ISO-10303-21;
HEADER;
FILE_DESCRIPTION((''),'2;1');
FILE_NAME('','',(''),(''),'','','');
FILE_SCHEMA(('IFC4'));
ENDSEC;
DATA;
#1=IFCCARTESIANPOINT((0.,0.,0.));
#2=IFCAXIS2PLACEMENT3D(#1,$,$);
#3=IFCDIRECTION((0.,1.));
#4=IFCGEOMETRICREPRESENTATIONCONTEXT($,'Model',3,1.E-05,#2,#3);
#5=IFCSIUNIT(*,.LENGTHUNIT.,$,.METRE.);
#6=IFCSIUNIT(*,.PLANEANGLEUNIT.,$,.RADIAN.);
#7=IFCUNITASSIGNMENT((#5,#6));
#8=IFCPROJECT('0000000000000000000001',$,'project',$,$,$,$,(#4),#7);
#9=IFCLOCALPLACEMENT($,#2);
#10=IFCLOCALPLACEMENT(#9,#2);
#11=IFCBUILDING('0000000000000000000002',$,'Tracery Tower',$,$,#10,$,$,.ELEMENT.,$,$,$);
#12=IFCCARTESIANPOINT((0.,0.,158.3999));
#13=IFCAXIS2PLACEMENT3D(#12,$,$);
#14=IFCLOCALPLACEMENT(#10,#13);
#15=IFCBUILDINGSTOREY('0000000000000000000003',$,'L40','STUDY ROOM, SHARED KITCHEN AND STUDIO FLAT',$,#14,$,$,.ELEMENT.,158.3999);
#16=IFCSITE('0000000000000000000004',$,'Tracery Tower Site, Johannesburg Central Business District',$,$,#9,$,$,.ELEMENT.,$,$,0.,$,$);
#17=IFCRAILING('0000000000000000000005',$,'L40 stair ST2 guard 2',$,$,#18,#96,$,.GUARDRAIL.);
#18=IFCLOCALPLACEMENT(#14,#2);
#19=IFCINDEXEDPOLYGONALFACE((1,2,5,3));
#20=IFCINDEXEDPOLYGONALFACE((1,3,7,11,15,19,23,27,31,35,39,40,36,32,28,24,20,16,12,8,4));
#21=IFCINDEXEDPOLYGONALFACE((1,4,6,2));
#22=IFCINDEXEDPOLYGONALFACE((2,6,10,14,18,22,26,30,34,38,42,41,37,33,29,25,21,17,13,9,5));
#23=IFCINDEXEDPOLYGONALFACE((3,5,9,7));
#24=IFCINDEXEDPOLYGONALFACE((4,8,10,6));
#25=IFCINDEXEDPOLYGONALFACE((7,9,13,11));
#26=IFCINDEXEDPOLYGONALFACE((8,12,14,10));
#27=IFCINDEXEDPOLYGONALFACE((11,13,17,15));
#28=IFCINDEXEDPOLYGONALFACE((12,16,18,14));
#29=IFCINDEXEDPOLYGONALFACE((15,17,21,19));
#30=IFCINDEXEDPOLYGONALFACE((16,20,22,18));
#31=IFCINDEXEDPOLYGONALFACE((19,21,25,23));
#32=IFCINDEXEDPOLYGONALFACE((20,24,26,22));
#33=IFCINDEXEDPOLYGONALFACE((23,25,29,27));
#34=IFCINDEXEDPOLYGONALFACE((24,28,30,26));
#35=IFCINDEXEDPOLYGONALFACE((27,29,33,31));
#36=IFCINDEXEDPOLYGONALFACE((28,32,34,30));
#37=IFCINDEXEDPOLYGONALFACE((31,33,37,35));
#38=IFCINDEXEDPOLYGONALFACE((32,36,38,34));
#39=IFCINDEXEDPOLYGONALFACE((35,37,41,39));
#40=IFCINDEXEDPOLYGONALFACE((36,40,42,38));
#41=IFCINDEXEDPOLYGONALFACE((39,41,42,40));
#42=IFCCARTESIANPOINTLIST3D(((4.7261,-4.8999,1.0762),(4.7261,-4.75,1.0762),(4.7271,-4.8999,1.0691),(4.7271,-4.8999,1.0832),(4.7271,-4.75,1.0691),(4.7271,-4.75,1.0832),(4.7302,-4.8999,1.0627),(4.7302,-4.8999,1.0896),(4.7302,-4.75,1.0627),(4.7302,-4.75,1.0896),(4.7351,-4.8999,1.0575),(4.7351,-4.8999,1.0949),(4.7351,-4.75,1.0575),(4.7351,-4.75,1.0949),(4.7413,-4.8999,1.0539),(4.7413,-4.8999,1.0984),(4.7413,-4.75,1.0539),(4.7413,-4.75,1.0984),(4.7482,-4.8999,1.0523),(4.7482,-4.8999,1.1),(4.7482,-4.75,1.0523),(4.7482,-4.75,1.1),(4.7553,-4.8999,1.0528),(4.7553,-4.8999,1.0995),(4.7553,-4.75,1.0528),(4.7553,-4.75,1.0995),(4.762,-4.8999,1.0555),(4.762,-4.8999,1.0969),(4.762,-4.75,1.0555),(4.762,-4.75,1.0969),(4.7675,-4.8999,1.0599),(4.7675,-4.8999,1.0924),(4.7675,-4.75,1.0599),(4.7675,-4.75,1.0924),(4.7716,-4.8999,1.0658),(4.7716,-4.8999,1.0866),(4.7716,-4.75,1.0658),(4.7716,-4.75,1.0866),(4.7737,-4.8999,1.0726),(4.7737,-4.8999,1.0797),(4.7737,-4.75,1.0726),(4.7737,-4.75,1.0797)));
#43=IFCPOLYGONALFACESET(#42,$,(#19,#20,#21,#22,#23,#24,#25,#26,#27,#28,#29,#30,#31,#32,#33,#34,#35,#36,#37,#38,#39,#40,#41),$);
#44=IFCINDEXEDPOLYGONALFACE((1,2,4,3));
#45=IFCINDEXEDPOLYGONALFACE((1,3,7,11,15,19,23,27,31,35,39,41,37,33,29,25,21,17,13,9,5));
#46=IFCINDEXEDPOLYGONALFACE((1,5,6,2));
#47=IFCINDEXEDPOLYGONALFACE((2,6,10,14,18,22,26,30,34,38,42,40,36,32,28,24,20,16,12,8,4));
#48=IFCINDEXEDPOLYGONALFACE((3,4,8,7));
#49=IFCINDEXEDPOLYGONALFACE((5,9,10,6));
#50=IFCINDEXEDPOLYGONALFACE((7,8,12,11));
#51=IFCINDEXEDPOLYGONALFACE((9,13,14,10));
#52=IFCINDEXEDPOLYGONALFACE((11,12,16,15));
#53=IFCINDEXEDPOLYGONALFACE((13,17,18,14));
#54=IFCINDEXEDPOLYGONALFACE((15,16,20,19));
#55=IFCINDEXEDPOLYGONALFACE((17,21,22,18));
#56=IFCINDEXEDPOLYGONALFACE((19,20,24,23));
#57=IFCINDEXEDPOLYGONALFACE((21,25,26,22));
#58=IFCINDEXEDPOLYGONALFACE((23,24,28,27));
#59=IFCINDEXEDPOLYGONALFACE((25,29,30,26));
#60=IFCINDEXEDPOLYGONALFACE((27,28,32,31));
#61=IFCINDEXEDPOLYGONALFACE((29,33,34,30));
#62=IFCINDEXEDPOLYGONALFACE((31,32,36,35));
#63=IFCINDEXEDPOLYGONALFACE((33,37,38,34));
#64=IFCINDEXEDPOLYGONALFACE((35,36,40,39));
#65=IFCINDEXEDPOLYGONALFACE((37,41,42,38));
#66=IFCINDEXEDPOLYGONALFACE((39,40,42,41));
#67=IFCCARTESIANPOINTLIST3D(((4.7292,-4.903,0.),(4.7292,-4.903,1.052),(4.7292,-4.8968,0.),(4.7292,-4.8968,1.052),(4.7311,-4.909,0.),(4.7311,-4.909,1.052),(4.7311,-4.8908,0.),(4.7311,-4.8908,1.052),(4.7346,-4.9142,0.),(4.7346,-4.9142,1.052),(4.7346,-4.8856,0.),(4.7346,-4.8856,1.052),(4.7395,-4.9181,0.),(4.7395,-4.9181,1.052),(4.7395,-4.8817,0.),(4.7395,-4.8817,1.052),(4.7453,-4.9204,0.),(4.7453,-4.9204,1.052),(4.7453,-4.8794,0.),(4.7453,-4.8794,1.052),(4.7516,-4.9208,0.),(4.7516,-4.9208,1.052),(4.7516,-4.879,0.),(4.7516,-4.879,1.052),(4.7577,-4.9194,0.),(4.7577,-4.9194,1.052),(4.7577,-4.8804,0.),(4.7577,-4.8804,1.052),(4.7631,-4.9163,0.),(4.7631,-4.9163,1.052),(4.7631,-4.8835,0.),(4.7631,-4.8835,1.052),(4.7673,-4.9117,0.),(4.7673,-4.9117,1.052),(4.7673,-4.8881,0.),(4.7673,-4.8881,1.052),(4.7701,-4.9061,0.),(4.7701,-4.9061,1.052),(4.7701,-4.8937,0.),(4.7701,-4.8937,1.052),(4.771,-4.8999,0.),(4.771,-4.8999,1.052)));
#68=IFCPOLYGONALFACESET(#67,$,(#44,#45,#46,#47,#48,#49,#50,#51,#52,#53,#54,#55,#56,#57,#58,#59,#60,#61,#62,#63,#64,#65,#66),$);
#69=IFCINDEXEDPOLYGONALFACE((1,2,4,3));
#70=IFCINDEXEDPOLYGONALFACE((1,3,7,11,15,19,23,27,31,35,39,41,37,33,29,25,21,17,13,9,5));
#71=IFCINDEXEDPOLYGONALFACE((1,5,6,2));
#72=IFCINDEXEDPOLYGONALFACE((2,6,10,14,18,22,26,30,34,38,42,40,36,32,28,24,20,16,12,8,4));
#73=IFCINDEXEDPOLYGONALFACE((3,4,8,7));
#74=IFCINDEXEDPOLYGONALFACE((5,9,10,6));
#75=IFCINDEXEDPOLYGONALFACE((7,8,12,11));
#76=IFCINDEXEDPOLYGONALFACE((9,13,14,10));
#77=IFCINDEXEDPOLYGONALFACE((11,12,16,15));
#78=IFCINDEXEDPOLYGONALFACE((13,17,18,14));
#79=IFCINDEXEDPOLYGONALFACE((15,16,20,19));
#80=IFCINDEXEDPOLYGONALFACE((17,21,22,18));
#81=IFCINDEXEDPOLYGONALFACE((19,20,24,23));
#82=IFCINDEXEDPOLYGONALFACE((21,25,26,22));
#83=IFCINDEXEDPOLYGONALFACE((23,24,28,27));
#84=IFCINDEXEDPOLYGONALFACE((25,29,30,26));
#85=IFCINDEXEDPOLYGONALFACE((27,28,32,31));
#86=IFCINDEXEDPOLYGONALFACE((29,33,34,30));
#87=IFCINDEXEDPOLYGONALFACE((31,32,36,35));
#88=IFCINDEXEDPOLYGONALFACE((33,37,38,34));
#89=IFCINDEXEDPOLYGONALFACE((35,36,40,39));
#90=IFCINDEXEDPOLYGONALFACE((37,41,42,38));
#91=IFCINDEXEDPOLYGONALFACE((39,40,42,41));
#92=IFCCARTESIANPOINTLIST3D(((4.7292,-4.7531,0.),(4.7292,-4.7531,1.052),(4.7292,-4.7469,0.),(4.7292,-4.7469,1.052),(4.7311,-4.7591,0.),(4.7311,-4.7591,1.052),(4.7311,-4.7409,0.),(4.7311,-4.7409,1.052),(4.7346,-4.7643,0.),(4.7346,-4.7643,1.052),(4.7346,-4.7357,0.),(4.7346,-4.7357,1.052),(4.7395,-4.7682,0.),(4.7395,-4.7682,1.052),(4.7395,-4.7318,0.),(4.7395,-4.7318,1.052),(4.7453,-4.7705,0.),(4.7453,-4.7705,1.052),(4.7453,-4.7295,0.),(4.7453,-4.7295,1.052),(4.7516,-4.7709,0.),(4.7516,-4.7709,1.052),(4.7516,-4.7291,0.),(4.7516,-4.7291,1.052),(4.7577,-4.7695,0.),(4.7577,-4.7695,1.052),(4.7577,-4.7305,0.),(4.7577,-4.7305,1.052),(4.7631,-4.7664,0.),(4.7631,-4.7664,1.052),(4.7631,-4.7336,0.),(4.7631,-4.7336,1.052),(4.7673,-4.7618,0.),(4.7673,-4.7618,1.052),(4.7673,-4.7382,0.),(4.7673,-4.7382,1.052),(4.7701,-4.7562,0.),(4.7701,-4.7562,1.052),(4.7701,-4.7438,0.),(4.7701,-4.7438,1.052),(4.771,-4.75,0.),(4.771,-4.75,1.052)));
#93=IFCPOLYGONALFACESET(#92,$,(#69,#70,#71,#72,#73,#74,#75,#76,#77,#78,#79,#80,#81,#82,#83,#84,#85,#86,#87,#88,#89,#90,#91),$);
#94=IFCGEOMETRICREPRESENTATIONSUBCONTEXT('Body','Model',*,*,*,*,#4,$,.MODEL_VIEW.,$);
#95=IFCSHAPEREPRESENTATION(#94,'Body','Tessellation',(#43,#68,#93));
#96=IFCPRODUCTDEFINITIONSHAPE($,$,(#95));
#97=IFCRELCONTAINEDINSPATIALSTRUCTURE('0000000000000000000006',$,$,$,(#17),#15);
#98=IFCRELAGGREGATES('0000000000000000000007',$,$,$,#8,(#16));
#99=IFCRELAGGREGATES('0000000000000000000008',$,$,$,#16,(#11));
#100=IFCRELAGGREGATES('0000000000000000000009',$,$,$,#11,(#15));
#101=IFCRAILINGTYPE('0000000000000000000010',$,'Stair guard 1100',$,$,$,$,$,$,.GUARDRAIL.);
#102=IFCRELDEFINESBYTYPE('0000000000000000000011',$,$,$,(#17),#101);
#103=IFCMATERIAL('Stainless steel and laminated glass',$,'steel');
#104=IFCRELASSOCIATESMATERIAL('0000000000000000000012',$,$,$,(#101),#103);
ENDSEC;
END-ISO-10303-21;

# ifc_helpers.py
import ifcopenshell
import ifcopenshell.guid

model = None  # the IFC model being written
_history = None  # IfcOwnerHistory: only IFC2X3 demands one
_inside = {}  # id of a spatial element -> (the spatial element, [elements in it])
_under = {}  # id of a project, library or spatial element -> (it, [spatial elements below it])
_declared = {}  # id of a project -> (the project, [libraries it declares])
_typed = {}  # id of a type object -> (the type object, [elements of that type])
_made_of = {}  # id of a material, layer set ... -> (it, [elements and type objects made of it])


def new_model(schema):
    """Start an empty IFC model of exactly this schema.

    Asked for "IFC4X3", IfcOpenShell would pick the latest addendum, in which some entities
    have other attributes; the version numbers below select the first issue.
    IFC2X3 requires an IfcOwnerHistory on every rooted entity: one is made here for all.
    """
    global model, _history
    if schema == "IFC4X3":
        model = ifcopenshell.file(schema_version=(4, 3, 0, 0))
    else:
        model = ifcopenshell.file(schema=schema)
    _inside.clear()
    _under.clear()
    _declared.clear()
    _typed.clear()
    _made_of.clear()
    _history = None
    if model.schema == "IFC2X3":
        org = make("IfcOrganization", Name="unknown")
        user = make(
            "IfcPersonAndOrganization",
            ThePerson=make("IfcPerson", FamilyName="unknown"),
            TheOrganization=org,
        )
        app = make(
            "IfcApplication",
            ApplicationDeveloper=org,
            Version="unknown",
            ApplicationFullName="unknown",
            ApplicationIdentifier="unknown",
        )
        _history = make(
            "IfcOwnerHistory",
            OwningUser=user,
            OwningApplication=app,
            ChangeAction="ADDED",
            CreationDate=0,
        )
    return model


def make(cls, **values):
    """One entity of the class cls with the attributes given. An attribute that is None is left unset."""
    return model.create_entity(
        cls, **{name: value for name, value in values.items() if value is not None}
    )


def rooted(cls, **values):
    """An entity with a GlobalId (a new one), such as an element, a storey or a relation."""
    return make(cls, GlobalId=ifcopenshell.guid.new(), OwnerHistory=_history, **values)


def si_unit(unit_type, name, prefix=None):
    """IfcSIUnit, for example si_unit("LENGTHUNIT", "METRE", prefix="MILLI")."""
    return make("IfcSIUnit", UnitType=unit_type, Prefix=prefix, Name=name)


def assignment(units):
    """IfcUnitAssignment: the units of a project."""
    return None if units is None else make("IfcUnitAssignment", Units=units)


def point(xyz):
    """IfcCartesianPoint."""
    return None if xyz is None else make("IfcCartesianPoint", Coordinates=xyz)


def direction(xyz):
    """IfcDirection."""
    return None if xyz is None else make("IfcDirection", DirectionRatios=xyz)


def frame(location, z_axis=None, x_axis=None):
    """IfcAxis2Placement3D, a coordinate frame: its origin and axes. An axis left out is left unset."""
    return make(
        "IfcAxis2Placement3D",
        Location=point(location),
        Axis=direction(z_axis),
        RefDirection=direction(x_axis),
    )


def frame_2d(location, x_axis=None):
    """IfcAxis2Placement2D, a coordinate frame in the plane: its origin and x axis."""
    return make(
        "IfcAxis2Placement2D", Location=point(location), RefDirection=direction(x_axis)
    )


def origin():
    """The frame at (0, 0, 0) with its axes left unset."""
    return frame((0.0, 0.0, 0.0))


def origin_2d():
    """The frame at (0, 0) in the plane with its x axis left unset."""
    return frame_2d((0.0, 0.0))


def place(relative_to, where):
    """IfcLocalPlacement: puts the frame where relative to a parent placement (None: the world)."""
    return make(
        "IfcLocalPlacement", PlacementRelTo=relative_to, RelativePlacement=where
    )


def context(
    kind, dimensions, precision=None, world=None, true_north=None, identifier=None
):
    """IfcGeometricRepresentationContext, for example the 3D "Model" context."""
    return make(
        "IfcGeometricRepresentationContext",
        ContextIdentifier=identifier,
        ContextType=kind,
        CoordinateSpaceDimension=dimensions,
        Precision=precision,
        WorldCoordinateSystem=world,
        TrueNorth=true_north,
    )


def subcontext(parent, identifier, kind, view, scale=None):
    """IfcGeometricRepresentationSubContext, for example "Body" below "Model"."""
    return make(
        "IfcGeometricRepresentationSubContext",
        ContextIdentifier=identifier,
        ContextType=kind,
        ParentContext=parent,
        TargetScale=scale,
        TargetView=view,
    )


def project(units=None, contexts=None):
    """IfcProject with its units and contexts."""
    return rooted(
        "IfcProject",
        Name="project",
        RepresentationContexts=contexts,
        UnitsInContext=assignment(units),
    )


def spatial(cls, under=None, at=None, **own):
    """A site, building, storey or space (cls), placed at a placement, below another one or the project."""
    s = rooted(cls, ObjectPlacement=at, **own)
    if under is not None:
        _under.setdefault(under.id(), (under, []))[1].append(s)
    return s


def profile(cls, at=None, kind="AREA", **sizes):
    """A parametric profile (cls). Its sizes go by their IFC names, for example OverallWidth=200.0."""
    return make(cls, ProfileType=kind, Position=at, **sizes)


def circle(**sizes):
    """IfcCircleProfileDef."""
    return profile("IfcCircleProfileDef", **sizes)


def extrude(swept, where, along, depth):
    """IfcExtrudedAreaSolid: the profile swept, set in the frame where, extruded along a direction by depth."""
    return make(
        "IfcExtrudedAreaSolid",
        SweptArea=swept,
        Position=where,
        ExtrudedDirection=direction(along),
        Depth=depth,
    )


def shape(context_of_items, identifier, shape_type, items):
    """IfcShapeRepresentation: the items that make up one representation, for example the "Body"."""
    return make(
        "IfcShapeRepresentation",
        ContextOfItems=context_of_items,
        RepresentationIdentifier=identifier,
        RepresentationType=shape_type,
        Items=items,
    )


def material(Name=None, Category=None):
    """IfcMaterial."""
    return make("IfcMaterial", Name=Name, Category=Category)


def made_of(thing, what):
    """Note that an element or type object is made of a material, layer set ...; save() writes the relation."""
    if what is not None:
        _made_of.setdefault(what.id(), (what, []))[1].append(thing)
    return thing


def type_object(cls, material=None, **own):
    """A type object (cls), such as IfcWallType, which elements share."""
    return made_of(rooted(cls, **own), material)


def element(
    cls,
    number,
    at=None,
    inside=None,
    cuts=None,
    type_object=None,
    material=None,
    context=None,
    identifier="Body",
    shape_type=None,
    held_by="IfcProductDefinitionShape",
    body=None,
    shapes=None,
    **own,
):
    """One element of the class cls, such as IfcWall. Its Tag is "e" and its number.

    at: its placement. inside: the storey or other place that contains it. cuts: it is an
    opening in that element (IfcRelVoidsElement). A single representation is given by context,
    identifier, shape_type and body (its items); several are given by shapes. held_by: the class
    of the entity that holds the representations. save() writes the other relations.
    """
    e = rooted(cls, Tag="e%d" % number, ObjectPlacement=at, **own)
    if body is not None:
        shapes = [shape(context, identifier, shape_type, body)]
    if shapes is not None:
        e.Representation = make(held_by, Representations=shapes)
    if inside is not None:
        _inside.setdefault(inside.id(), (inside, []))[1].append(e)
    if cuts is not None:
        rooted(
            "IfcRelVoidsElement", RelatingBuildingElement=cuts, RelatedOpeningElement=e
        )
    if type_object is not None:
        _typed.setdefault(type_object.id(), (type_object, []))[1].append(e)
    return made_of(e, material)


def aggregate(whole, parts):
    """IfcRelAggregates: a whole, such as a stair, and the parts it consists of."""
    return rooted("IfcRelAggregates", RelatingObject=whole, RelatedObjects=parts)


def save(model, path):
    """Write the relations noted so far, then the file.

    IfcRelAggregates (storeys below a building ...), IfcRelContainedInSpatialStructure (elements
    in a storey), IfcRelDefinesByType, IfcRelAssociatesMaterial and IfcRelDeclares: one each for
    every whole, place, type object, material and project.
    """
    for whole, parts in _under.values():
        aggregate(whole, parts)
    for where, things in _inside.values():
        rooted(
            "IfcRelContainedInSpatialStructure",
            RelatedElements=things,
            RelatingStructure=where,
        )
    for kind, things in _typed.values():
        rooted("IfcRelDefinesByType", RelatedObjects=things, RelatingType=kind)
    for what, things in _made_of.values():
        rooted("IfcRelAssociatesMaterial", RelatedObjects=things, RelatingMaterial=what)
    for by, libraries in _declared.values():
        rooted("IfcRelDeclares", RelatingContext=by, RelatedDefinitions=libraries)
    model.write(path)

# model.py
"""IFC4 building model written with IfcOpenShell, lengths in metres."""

from ifc_helpers import new_model, si_unit, direction, frame, origin, origin_2d, place, context, subcontext, project, spatial, circle, extrude, material, type_object, element, save


model = new_model("IFC4")

# Units and contexts
model_context = context("Model", 3, precision=1e-05, world=origin(), true_north=direction((0.0, 1.0)))
body_context = subcontext(model_context, "Body", "Model", "MODEL_VIEW")
ifc_project = project(units=[si_unit("LENGTHUNIT", "METRE"), si_unit("PLANEANGLEUNIT", "RADIAN")], contexts=[model_context])

# Site, building, storey
site_placement = place(None, origin())
site = spatial("IfcSite", under=ifc_project, at=site_placement, Name="Tracery Tower Site, Johannesburg Central Business District", CompositionType="ELEMENT", RefElevation=0.0)
building_placement = place(site_placement, origin())
building = spatial("IfcBuilding", under=site, at=building_placement, Name="Tracery Tower", CompositionType="ELEMENT")
storey_placement = place(building_placement, frame((0.0, 0.0, 158.3999)))
storey = spatial("IfcBuildingStorey", under=building, at=storey_placement, Name="L40", Description="STUDY ROOM, SHARED KITCHEN AND STUDIO FLAT", CompositionType="ELEMENT", Elevation=158.3999)

# Railing
ifc_material_1 = material(Name="Stainless steel and laminated glass", Category="steel")
railing_type_1 = type_object("IfcRailingType", Name="Stair guard 1100", PredefinedType="GUARDRAIL", material=ifc_material_1)
railing_1_placement = place(storey_placement, frame((4.75, -4.8999, 0.0)))
element("IfcRailing", 1, at=railing_1_placement, inside=storey, type_object=railing_type_1, Name="L40 stair ST2 guard 2", PredefinedType="GUARDRAIL", context=body_context, shape_type="SweptSolid", body=[
    extrude(circle(Radius=0.0239, at=origin_2d()), frame((0.0, 0.0, 1.0762), z_axis=(0.0, 1.0, 0.0), x_axis=(-1.0, 0.0, 0.0)), (0.0, 0.0, 1.0), 0.1499),
    extrude(circle(Radius=0.021, at=origin_2d()), origin(), (0.0, 0.0, 1.0), 1.052),
    extrude(circle(Radius=0.021, at=origin_2d()), frame((0.0, 0.1499, 0.0)), (0.0, 0.0, 1.0), 1.052),
])

save(model, "model.ifc")
